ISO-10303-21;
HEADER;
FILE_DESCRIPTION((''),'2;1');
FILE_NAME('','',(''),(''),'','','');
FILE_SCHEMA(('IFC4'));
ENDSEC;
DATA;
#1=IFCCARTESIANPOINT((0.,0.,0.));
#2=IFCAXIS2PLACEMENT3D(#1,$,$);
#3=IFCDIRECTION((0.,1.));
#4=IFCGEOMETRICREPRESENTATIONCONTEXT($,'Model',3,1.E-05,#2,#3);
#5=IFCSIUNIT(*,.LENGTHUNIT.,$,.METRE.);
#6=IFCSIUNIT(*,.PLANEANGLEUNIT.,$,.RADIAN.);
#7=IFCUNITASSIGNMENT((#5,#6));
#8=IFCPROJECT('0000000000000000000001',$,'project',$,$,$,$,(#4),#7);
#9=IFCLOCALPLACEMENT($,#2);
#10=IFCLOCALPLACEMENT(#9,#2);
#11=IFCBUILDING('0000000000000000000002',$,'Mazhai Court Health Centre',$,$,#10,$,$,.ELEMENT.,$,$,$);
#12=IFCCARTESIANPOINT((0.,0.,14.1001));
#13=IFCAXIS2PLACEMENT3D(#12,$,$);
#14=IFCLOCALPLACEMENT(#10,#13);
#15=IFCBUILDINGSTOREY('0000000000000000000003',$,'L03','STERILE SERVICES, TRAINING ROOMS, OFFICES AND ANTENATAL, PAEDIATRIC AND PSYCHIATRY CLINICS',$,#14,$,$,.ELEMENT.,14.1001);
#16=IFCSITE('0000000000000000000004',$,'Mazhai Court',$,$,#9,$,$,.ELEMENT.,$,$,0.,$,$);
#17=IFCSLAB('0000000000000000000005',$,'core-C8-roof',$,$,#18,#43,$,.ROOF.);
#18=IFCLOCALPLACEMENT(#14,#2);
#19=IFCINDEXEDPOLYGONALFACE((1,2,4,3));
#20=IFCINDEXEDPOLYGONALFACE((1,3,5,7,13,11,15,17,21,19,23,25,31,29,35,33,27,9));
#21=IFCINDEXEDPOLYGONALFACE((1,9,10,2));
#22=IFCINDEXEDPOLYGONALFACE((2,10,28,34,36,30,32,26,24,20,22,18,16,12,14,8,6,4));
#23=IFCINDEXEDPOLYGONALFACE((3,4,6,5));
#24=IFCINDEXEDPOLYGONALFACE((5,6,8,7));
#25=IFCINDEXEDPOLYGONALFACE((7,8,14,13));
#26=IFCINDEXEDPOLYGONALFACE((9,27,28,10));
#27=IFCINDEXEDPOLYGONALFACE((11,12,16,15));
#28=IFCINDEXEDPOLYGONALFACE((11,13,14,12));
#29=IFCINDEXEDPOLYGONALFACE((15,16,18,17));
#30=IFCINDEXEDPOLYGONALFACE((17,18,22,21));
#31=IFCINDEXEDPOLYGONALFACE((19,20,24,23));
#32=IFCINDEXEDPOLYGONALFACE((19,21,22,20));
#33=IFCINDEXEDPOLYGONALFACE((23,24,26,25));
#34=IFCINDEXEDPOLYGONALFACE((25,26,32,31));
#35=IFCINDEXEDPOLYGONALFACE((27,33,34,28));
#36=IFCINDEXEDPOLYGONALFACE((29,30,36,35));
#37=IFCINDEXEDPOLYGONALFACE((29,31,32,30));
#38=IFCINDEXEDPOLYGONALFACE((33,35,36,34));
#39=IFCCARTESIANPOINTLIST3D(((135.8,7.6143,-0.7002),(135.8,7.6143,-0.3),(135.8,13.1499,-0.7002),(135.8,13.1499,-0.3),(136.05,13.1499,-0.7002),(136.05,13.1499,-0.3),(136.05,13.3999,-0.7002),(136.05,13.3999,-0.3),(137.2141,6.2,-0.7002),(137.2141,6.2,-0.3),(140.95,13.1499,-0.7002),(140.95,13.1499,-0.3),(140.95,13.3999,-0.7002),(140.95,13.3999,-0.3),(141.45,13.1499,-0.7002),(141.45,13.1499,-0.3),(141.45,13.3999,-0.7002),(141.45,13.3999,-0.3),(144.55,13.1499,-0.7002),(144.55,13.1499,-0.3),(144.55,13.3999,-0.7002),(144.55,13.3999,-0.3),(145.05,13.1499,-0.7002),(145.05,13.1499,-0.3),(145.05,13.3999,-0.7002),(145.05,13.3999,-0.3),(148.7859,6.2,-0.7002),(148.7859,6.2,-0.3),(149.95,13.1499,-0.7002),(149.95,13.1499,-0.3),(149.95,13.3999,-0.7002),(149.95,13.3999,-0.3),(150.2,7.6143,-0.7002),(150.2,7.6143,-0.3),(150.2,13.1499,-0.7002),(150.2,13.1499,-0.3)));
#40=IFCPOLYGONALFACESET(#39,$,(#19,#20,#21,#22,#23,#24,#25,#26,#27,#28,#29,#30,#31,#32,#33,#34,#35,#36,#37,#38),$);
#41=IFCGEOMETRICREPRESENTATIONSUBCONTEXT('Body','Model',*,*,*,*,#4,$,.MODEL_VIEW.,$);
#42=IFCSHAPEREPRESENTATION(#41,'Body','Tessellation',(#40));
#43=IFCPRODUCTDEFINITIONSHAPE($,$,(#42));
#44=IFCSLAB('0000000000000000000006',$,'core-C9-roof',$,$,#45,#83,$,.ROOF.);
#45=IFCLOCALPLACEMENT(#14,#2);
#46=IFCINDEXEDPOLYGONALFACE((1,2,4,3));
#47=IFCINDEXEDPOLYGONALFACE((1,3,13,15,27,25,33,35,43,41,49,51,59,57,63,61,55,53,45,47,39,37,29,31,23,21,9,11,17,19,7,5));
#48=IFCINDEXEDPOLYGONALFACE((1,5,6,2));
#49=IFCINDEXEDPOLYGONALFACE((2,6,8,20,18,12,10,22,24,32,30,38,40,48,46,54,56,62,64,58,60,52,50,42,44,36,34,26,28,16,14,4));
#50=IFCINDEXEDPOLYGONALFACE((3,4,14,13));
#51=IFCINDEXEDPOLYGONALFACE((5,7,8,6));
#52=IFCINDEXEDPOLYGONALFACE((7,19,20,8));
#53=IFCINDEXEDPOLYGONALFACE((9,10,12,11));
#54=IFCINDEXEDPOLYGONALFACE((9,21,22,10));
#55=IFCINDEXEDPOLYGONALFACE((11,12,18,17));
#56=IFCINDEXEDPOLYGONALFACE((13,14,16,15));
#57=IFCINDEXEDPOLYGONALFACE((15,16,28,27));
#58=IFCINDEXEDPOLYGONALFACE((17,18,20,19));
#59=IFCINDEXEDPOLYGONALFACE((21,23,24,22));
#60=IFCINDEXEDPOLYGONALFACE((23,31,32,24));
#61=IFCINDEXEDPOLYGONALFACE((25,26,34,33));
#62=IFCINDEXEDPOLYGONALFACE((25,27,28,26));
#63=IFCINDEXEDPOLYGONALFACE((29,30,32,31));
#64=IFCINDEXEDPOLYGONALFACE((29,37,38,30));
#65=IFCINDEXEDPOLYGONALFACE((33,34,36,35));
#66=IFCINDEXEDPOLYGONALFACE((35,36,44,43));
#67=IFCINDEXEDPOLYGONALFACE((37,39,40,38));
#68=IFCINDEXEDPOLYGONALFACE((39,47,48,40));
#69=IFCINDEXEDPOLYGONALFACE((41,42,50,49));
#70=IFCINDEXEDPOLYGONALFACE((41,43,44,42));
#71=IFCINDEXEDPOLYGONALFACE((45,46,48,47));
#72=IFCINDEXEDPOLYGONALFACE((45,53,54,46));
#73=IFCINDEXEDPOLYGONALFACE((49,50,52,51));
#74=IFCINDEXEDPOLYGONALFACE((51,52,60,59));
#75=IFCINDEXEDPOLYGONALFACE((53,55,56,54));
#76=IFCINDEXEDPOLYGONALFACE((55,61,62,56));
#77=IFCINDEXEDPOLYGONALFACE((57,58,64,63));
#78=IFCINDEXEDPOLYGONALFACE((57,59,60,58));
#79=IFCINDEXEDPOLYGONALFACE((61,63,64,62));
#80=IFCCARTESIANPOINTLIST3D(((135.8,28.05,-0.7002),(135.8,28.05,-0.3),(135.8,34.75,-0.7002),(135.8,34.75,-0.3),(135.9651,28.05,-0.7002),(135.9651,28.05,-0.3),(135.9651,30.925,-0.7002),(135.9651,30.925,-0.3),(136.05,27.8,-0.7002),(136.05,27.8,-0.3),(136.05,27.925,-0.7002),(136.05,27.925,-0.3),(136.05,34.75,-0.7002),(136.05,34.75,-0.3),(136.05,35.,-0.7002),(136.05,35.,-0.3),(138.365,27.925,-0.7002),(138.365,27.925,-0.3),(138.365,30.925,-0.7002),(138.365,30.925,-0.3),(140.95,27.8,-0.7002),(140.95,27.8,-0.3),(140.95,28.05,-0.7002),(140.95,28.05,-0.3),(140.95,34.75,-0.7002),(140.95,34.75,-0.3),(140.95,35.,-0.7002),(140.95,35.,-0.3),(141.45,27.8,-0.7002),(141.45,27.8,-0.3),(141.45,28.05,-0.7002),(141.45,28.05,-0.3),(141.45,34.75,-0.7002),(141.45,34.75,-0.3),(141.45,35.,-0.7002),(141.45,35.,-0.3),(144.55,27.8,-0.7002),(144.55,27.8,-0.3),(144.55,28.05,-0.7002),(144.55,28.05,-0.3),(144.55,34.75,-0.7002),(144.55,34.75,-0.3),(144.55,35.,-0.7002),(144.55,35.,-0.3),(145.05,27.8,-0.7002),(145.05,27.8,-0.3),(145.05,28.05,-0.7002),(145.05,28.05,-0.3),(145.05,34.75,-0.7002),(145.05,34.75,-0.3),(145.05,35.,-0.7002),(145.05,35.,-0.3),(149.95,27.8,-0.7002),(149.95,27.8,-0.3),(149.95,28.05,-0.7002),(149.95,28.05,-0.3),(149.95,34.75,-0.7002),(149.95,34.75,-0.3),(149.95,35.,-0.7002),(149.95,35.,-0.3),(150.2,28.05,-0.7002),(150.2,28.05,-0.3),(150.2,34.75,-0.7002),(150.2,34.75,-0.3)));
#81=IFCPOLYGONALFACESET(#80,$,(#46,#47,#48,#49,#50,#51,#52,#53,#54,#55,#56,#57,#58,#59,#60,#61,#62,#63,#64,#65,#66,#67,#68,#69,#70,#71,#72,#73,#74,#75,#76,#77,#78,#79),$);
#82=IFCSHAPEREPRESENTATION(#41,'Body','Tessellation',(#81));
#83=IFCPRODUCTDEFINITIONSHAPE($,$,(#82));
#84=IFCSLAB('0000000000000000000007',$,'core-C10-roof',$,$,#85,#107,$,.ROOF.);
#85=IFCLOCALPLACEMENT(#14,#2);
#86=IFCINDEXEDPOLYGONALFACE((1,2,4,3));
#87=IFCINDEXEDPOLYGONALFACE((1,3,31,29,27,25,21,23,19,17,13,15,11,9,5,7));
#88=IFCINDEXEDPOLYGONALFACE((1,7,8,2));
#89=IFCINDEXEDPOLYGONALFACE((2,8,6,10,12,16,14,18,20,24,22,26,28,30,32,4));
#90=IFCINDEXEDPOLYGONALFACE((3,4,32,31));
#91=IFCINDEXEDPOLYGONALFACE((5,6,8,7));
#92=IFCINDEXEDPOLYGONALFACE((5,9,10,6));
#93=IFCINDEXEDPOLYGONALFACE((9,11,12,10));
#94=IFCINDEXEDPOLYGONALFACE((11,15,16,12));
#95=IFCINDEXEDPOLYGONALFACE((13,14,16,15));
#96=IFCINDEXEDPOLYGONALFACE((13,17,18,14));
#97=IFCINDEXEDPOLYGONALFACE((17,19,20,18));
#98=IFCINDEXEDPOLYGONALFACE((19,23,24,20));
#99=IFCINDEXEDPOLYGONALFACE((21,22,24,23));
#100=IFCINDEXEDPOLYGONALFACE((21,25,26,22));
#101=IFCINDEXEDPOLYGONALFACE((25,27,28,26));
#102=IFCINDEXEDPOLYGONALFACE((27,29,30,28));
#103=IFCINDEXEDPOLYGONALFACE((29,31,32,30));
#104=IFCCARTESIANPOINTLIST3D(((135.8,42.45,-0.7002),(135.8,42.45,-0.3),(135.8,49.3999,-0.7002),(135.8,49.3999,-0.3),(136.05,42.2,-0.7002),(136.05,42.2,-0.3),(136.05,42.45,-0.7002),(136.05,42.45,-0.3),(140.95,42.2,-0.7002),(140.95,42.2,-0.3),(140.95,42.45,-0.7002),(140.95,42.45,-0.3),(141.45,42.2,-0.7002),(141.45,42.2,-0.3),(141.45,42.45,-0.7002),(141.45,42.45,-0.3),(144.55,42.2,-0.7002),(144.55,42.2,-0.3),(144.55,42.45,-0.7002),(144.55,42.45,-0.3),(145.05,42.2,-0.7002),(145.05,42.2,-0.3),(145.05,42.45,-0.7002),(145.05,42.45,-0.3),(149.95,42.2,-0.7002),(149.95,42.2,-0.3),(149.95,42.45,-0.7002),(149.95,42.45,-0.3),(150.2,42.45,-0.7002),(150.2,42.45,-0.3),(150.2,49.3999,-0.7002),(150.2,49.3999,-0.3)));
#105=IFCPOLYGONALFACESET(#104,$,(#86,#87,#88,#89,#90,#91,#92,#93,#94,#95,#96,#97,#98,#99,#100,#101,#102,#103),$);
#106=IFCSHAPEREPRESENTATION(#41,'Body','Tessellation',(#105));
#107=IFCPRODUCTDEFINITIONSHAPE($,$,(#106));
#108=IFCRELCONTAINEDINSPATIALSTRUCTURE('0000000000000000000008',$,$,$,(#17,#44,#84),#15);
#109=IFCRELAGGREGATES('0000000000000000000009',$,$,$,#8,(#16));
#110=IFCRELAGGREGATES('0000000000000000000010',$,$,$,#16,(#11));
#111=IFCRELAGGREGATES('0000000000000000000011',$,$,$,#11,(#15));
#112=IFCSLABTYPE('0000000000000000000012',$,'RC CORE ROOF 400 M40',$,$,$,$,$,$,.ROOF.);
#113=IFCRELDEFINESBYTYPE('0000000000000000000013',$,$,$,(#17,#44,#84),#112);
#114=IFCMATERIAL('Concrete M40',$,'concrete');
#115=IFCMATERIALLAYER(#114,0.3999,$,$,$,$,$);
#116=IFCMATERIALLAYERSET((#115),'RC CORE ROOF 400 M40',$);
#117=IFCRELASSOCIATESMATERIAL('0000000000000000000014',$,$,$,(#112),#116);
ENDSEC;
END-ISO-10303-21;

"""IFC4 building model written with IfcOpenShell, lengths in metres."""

from ifc_helpers import new_model, si_unit, direction, frame, origin, place, context, subcontext, project, spatial, polyline, outline, extrude, material, layer, layer_set, type_object, element, save


model = new_model("IFC4")

# Units and contexts
model_context = context("Model", 3, precision=1e-05, world=origin(), true_north=direction((0.0, 1.0)))
body_context = subcontext(model_context, "Body", "Model", "MODEL_VIEW")
ifc_project = project(units=[si_unit("LENGTHUNIT", "METRE"), si_unit("PLANEANGLEUNIT", "RADIAN")], contexts=[model_context])

# Site, building, storey
site_placement = place(None, origin())
site = spatial("IfcSite", under=ifc_project, at=site_placement, Name="Mazhai Court", CompositionType="ELEMENT", RefElevation=0.0)
building_placement = place(site_placement, origin())
building = spatial("IfcBuilding", under=site, at=building_placement, Name="Mazhai Court Health Centre", CompositionType="ELEMENT")
storey_placement = place(building_placement, frame((0.0, 0.0, 14.1001)))
storey = spatial("IfcBuildingStorey", under=building, at=storey_placement, Name="L03", Description="STERILE SERVICES, TRAINING ROOMS, OFFICES AND ANTENATAL, PAEDIATRIC AND PSYCHIATRY CLINICS", CompositionType="ELEMENT", Elevation=14.1001)

# Slabs
ifc_material_1 = material(Name="Concrete M40", Category="concrete")
ifc_layer_1 = layer(ifc_material_1, 0.3999)
ifc_layer_set_1 = layer_set([ifc_layer_1], Name="RC CORE ROOF 400 M40")
slab_type_1 = type_object("IfcSlabType", Name="RC CORE ROOF 400 M40", PredefinedType="ROOF", material=ifc_layer_set_1)
slab_1_placement = place(storey_placement, frame((0.0, 0.0, -0.7002)))
element("IfcSlab", 1, at=slab_1_placement, inside=storey, type_object=slab_type_1, Name="core-C8-roof", PredefinedType="ROOF", context=body_context, shape_type="SweptSolid", body=[
    extrude(outline(polyline([(136.05, 13.3999), (140.95, 13.3999), (140.95, 13.1499), (141.45, 13.1499), (141.45, 13.3999), (144.55, 13.3999), (144.55, 13.1499), (145.05, 13.1499), (145.05, 13.3999), (149.95, 13.3999), (149.95, 13.1499), (150.2, 13.1499), (150.2, 7.6143), (148.7859, 6.2), (137.2141, 6.2), (135.8, 7.6143), (135.8, 13.1499), (136.05, 13.1499), (136.05, 13.3999)])), origin(), (0.0, 0.0, 1.0), 0.4001),
])
slab_2_placement = place(storey_placement, frame((0.0, 0.0, -0.7002)))
element("IfcSlab", 2, at=slab_2_placement, inside=storey, type_object=slab_type_1, Name="core-C9-roof", PredefinedType="ROOF", context=body_context, shape_type="SweptSolid", body=[
    extrude(outline(polyline([(136.05, 34.75), (136.05, 35.0), (140.95, 35.0), (140.95, 34.75), (141.45, 34.75), (141.45, 35.0), (144.55, 35.0), (144.55, 34.75), (145.05, 34.75), (145.05, 35.0), (149.95, 35.0), (149.95, 34.75), (150.2, 34.75), (150.2, 28.05), (149.95, 28.05), (149.95, 27.8), (145.05, 27.8), (145.05, 28.05), (144.55, 28.05), (144.55, 27.8), (141.45, 27.8), (141.45, 28.05), (140.95, 28.05), (140.95, 27.8), (136.05, 27.8), (136.05, 27.925), (138.365, 27.925), (138.365, 30.925), (135.9651, 30.925), (135.9651, 28.05), (135.8, 28.05), (135.8, 34.75), (136.05, 34.75)])), origin(), (0.0, 0.0, 1.0), 0.4001),
])
slab_3_placement = place(storey_placement, frame((0.0, 0.0, -0.7002)))
element("IfcSlab", 3, at=slab_3_placement, inside=storey, type_object=slab_type_1, Name="core-C10-roof", PredefinedType="ROOF", context=body_context, shape_type="SweptSolid", body=[
    extrude(outline(polyline([(135.8, 49.3999), (150.2, 49.3999), (150.2, 42.45), (149.95, 42.45), (149.95, 42.2), (145.05, 42.2), (145.05, 42.45), (144.55, 42.45), (144.55, 42.2), (141.45, 42.2), (141.45, 42.45), (140.95, 42.45), (140.95, 42.2), (136.05, 42.2), (136.05, 42.45), (135.8, 42.45), (135.8, 49.3999)])), origin(), (0.0, 0.0, 1.0), 0.4001),
])

save(model, "model.ifc")
